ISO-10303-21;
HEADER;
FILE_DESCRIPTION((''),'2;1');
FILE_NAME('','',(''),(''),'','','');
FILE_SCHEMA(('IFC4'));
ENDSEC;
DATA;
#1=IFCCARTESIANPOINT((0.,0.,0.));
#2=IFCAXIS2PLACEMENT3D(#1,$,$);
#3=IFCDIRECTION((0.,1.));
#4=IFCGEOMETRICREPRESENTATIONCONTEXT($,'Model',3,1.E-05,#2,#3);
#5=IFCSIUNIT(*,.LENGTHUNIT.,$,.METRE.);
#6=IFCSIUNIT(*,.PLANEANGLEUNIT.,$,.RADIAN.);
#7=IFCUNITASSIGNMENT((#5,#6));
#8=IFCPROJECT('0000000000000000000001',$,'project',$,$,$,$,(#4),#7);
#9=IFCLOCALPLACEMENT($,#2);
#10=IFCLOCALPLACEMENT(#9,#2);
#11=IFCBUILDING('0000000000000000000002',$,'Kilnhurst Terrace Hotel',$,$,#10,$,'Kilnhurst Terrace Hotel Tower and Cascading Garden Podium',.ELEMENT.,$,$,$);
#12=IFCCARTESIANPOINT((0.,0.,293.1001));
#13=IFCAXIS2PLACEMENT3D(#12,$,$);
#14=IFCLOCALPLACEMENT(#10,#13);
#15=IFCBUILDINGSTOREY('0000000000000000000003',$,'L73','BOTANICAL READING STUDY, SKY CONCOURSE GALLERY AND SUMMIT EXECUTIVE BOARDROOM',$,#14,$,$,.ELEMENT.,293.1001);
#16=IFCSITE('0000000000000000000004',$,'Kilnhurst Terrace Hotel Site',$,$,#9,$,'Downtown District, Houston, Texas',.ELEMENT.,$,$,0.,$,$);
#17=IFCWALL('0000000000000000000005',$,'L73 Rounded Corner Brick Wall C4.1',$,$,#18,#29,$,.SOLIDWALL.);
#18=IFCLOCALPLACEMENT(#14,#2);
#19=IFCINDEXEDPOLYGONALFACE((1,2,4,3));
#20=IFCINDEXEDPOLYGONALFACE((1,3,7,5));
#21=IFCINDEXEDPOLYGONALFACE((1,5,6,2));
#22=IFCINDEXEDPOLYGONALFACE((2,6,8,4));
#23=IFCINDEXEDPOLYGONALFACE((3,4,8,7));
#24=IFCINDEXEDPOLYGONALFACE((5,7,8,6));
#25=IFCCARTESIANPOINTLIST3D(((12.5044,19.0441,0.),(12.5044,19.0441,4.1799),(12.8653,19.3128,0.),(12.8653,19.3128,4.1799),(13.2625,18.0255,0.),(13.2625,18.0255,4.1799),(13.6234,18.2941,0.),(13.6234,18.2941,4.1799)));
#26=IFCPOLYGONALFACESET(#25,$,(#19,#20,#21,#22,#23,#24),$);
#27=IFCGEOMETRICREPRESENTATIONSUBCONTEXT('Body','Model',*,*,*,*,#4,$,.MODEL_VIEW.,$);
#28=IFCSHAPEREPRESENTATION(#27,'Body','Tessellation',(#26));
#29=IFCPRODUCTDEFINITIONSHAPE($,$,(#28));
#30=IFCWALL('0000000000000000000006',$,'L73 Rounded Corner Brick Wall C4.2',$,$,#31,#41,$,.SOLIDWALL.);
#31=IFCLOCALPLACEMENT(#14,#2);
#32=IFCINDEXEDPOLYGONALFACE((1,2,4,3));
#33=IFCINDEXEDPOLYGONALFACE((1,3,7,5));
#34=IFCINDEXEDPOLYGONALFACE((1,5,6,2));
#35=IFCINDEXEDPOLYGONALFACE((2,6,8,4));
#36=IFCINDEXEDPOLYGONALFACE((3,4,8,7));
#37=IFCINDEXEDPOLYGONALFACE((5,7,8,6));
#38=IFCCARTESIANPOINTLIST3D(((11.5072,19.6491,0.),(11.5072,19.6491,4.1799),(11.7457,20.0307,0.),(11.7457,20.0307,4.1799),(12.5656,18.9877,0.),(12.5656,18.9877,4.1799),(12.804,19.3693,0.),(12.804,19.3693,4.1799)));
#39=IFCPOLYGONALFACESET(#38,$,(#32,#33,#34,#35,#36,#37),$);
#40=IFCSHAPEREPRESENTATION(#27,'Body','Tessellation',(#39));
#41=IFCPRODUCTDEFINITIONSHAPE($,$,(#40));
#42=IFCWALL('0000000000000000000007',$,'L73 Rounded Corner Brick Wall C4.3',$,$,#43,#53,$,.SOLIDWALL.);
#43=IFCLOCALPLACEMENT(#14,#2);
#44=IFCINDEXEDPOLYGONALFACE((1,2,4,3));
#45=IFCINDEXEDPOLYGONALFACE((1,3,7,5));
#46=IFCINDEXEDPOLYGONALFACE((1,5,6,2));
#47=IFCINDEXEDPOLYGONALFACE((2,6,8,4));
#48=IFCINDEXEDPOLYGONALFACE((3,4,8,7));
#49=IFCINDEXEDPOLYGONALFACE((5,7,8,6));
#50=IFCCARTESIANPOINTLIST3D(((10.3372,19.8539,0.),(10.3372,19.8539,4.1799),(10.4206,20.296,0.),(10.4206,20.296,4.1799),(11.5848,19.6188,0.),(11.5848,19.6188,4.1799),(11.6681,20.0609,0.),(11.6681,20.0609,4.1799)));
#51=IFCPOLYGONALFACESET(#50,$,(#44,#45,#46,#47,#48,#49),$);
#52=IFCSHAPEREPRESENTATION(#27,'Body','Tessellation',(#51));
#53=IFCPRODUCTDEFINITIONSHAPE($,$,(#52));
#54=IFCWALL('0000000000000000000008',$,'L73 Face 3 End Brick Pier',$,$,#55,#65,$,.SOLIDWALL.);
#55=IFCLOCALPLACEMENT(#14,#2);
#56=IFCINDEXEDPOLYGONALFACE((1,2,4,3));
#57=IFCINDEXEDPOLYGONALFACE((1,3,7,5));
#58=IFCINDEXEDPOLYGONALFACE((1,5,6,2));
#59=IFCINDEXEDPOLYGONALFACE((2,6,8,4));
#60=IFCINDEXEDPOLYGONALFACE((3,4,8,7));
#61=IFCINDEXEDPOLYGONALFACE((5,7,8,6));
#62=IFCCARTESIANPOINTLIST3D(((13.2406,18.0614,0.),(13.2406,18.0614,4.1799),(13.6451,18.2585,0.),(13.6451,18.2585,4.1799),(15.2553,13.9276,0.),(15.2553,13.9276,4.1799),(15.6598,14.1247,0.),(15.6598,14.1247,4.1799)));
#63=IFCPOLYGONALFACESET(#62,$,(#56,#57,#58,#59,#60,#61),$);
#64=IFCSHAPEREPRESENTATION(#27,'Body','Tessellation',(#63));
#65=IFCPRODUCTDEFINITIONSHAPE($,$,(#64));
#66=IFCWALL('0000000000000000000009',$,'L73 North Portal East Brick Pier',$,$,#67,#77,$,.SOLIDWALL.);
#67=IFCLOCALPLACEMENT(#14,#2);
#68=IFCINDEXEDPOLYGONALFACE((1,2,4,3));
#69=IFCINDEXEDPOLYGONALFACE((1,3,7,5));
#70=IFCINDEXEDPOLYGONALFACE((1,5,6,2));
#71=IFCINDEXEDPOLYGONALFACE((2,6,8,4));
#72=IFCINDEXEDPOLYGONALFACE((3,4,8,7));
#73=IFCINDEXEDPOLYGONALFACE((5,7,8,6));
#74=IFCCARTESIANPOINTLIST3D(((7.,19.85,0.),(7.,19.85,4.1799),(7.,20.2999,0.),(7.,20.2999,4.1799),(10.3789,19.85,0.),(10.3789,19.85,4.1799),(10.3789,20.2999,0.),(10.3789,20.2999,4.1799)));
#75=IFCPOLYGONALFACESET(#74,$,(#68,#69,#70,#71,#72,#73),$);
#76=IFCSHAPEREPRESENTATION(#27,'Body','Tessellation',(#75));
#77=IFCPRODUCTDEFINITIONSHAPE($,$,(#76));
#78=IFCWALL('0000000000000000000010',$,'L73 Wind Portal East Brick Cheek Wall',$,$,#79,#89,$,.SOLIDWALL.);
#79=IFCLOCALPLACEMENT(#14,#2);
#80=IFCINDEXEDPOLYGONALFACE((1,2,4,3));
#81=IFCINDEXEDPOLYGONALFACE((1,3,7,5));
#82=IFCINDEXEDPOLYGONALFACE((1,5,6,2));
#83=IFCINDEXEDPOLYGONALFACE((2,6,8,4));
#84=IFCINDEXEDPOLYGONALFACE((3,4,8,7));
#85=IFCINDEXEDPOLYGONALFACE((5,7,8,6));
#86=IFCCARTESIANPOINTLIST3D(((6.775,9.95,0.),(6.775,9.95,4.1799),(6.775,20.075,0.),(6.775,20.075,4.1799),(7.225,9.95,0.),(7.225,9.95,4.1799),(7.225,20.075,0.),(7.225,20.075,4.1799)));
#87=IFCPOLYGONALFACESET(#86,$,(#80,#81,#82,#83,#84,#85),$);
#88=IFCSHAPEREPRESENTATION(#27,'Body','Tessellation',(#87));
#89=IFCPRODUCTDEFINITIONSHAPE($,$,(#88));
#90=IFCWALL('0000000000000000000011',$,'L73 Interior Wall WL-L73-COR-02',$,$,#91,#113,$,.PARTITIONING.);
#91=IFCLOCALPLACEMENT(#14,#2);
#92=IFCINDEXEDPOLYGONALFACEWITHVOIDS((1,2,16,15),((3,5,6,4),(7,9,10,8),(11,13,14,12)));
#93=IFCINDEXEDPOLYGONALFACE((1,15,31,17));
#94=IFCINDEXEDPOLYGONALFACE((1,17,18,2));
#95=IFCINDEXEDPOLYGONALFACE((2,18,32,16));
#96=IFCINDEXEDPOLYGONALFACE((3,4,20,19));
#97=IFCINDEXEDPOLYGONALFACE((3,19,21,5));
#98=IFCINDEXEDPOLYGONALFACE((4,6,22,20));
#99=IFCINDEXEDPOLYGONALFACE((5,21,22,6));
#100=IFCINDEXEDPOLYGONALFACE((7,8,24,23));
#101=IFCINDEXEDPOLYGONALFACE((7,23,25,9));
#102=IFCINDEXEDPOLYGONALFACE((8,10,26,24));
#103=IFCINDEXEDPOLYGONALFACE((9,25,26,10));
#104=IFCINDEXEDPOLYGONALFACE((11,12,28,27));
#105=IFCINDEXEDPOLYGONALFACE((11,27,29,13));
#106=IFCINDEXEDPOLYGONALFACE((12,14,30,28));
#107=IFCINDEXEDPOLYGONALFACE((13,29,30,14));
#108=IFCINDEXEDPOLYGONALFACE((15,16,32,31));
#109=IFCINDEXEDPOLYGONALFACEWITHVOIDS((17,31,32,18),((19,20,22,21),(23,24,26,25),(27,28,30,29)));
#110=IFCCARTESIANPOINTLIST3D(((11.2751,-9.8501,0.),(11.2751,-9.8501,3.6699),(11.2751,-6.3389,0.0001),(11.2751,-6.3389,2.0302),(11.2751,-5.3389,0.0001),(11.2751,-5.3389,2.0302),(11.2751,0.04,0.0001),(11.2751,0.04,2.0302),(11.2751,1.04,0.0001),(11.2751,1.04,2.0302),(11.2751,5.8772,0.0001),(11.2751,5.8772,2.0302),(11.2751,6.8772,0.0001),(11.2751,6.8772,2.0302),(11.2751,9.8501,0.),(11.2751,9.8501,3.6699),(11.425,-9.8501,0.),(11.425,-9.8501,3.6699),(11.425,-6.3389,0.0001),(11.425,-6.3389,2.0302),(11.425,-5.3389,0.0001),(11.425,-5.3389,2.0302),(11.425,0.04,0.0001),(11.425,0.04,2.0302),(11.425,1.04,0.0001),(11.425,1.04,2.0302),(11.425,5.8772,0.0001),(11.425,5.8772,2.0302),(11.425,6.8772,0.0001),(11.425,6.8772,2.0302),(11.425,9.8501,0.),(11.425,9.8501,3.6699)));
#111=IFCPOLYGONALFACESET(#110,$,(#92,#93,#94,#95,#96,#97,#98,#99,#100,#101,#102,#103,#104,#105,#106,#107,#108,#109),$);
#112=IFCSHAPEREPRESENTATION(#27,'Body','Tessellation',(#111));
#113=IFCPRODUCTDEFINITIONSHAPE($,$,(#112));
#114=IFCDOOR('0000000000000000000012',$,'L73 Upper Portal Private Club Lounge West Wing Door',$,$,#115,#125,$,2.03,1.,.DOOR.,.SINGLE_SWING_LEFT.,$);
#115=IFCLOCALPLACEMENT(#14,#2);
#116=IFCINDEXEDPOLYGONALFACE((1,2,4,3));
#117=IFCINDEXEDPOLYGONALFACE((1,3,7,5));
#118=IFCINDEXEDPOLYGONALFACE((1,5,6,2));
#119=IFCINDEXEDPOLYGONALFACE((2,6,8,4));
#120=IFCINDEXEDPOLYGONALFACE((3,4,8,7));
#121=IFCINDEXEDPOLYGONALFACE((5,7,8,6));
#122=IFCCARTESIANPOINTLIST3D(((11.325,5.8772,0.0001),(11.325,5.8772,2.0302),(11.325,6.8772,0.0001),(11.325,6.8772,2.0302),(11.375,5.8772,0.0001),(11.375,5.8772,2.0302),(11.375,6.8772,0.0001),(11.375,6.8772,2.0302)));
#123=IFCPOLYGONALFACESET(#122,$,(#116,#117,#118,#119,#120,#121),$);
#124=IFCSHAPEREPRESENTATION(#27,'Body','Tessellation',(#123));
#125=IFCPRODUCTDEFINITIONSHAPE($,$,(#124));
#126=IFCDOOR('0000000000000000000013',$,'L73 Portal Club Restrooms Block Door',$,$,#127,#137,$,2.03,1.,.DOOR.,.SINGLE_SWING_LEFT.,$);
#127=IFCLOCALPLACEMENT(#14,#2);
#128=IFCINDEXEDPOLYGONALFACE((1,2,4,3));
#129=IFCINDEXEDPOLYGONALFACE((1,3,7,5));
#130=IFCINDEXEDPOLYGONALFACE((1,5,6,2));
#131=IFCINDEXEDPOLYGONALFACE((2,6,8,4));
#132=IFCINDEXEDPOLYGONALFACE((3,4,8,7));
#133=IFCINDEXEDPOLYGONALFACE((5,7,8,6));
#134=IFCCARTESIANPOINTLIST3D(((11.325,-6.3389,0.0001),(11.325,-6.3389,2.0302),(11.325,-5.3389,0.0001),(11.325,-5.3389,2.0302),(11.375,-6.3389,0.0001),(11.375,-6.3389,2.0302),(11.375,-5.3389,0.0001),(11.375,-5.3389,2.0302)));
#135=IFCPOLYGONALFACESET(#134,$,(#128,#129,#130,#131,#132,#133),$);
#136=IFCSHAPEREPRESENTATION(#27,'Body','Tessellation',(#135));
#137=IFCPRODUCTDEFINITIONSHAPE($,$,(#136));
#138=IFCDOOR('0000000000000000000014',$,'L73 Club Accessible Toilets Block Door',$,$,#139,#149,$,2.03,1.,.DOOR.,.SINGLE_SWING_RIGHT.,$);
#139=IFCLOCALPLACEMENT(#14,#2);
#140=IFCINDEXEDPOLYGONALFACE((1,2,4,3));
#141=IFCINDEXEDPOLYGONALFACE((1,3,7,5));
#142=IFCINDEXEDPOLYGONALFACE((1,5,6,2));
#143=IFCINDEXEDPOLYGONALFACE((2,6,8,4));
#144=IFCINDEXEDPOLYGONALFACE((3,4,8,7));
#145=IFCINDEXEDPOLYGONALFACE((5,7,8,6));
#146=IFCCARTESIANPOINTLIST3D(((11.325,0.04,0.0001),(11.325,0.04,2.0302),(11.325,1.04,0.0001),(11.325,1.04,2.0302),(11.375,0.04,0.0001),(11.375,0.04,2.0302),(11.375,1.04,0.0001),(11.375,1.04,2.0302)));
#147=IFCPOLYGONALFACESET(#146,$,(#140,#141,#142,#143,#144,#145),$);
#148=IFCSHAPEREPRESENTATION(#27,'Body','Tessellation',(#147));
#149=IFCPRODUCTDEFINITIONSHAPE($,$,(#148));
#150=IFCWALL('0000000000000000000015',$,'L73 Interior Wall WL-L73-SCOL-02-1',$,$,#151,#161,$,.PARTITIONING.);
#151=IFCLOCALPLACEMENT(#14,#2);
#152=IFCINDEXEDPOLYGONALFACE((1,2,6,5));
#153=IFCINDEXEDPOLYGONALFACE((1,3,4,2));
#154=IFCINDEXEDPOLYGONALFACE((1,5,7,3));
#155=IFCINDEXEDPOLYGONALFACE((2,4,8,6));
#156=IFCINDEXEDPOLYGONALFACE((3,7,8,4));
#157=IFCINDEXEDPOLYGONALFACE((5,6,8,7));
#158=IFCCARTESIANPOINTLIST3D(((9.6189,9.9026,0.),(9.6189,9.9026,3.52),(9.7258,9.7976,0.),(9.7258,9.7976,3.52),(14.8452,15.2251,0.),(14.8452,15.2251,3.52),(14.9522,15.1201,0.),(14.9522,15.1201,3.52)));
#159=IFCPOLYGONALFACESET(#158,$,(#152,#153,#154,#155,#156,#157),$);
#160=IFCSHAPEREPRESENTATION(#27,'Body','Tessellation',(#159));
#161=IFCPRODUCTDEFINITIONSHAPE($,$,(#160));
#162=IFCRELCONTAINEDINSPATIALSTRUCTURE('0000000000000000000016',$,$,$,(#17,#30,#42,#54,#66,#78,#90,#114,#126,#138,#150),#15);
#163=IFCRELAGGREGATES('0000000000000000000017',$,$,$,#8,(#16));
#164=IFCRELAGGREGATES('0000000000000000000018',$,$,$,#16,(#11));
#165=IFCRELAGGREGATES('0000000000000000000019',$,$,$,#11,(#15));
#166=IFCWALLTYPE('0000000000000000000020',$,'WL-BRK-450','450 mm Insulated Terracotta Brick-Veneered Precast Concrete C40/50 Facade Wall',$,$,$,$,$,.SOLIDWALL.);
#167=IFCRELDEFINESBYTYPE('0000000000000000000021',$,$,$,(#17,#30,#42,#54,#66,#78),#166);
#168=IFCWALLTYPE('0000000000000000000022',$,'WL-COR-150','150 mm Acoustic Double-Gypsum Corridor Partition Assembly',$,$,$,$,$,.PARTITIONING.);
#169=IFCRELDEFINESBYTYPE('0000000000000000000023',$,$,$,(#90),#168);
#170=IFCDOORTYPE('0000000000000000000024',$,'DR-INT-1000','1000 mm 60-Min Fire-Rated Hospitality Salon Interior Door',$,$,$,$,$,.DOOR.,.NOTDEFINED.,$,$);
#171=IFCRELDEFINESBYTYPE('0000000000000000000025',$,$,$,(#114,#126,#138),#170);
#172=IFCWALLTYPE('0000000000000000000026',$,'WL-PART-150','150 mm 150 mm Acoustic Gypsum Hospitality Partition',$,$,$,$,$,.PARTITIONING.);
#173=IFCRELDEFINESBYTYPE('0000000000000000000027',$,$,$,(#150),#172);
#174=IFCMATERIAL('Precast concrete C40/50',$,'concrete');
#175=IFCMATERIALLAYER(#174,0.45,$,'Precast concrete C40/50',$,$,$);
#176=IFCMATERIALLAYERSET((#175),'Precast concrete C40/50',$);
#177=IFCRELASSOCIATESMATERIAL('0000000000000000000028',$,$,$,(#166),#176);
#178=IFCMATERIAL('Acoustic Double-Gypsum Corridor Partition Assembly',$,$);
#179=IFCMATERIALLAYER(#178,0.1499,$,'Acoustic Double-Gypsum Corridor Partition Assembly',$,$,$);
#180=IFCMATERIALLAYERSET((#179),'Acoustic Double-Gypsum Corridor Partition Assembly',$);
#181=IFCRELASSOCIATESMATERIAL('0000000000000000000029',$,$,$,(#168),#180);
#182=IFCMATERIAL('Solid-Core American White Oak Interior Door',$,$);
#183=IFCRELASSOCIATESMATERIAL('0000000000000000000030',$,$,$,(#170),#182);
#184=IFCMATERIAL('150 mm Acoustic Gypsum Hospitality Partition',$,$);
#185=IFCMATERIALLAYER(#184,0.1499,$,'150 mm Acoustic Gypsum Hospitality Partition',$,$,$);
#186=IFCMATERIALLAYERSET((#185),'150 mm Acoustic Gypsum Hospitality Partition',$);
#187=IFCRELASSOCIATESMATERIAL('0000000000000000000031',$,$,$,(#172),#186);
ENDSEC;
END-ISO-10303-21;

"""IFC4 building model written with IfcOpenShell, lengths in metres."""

from ifc_helpers import new_model, si_unit, direction, frame, frame_2d, origin, place, context, subcontext, project, spatial, rectangle, extrude, material, layer, layer_set, type_object, element, fill, save


model = new_model("IFC4")

# Units and contexts
model_context = context("Model", 3, precision=1e-05, world=origin(), true_north=direction((0.0, 1.0)))
body_context = subcontext(model_context, "Body", "Model", "MODEL_VIEW")
ifc_project = project(units=[si_unit("LENGTHUNIT", "METRE"), si_unit("PLANEANGLEUNIT", "RADIAN")], contexts=[model_context])

# Site, building, storey
site_placement = place(None, origin())
site = spatial("IfcSite", under=ifc_project, at=site_placement, Name="Kilnhurst Terrace Hotel Site", LongName="Downtown District, Houston, Texas", CompositionType="ELEMENT", RefElevation=0.0)
building_placement = place(site_placement, origin())
building = spatial("IfcBuilding", under=site, at=building_placement, Name="Kilnhurst Terrace Hotel", LongName="Kilnhurst Terrace Hotel Tower and Cascading Garden Podium", CompositionType="ELEMENT")
storey_placement = place(building_placement, frame((0.0, 0.0, 293.1001)))
storey = spatial("IfcBuildingStorey", under=building, at=storey_placement, Name="L73", Description="BOTANICAL READING STUDY, SKY CONCOURSE GALLERY AND SUMMIT EXECUTIVE BOARDROOM", CompositionType="ELEMENT", Elevation=293.1001)

# Walls
ifc_material_1 = material(Name="Precast concrete C40/50", Category="concrete")
ifc_layer_1 = layer(ifc_material_1, 0.45, Name="Precast concrete C40/50")
ifc_layer_set_1 = layer_set([ifc_layer_1], Name="Precast concrete C40/50")
wall_type_1 = type_object("IfcWallType", Name="WL-BRK-450", Description="450 mm Insulated Terracotta Brick-Veneered Precast Concrete C40/50 Facade Wall", PredefinedType="SOLIDWALL", material=ifc_layer_set_1)
wall_1_placement = place(storey_placement, frame((13.4429, 18.1599, 0.0), z_axis=(0.0, 0.0, 1.0), x_axis=(-0.597042, 0.80221, 0.0)))
element("IfcWall", 1, at=wall_1_placement, inside=storey, type_object=wall_type_1, Name="L73 Rounded Corner Brick Wall C4.1", PredefinedType="SOLIDWALL", context=body_context, shape_type="SweptSolid", body=[
    extrude(rectangle(XDim=1.2698, YDim=0.45, at=frame_2d((0.6348, 0.0))), origin(), (0.0, 0.0, 1.0), 4.1799),
])
wall_2_placement = place(storey_placement, frame((12.6848, 19.1785, 0.0), z_axis=(0.0, 0.0, 1.0), x_axis=(-0.848031, 0.529946, 0.0)))
element("IfcWall", 2, at=wall_2_placement, inside=storey, type_object=wall_type_1, Name="L73 Rounded Corner Brick Wall C4.2", PredefinedType="SOLIDWALL", context=body_context, shape_type="SweptSolid", body=[
    extrude(rectangle(XDim=1.248, YDim=0.45, at=frame_2d((0.624, 0.0))), origin(), (0.0, 0.0, 1.0), 4.1799),
])
wall_3_placement = place(storey_placement, frame((11.6265, 19.8398, 0.0), z_axis=(0.0, 0.0, 1.0), x_axis=(-0.982702, 0.185194, 0.0)))
element("IfcWall", 3, at=wall_3_placement, inside=storey, type_object=wall_type_1, Name="L73 Rounded Corner Brick Wall C4.3", PredefinedType="SOLIDWALL", context=body_context, shape_type="SweptSolid", body=[
    extrude(rectangle(XDim=1.2695, YDim=0.45, at=frame_2d((0.6348, 0.0))), origin(), (0.0, 0.0, 1.0), 4.1799),
])
wall_4_placement = place(storey_placement, frame((15.4575, 14.0261, 0.0), z_axis=(0.0, 0.0, 1.0), x_axis=(-0.438101, 0.898926, 0.0)))
element("IfcWall", 4, at=wall_4_placement, inside=storey, type_object=wall_type_1, Name="L73 Face 3 End Brick Pier", PredefinedType="SOLIDWALL", context=body_context, shape_type="SweptSolid", body=[
    extrude(rectangle(XDim=4.5986, YDim=0.45, at=frame_2d((2.2993, 0.0))), origin(), (0.0, 0.0, 1.0), 4.1799),
])
wall_5_placement = place(storey_placement, frame((10.3789, 20.075, 0.0), z_axis=(0.0, 0.0, 1.0), x_axis=(-1.0, 0.0, 0.0)))
element("IfcWall", 5, at=wall_5_placement, inside=storey, type_object=wall_type_1, Name="L73 North Portal East Brick Pier", PredefinedType="SOLIDWALL", context=body_context, shape_type="SweptSolid", body=[
    extrude(rectangle(XDim=3.3789, YDim=0.45, at=frame_2d((1.6895, 0.0))), origin(), (0.0, 0.0, 1.0), 4.1799),
])
wall_6_placement = place(storey_placement, frame((7.0, 9.95, 0.0), z_axis=(0.0, 0.0, 1.0), x_axis=(0.0, 1.0, 0.0)))
element("IfcWall", 6, at=wall_6_placement, inside=storey, type_object=wall_type_1, Name="L73 Wind Portal East Brick Cheek Wall", PredefinedType="SOLIDWALL", context=body_context, shape_type="SweptSolid", body=[
    extrude(rectangle(XDim=10.125, YDim=0.45, at=frame_2d((5.0625, 0.0))), origin(), (0.0, 0.0, 1.0), 4.1799),
])

# Wall, openings, doors
ifc_material_2 = material(Name="Acoustic Double-Gypsum Corridor Partition Assembly")
ifc_layer_2 = layer(ifc_material_2, 0.1499, Name="Acoustic Double-Gypsum Corridor Partition Assembly")
ifc_layer_set_2 = layer_set([ifc_layer_2], Name="Acoustic Double-Gypsum Corridor Partition Assembly")
wall_type_2 = type_object("IfcWallType", Name="WL-COR-150", Description="150 mm Acoustic Double-Gypsum Corridor Partition Assembly", PredefinedType="PARTITIONING", material=ifc_layer_set_2)
wall_7_placement = place(storey_placement, frame((11.3501, 9.8501, 0.0), z_axis=(0.0, 0.0, 1.0), x_axis=(0.0, -1.0, 0.0)))
wall_7 = element("IfcWall", 7, at=wall_7_placement, inside=storey, type_object=wall_type_2, Name="L73 Interior Wall WL-L73-COR-02", PredefinedType="PARTITIONING", context=body_context, shape_type="SweptSolid", body=[
    extrude(rectangle(XDim=19.7002, YDim=0.1499, at=frame_2d((9.8501, 0.0))), origin(), (0.0, 0.0, 1.0), 3.6699),
])
opening_1_placement = place(wall_7_placement, frame((2.9729, 0.0, 0.0)))
opening_1 = element("IfcOpeningElement", 8, at=opening_1_placement, cuts=wall_7, PredefinedType="OPENING", context=body_context, shape_type="SweptSolid", body=[
    extrude(rectangle(XDim=1.0, YDim=2.03, at=frame_2d((0.5, 1.0151))), frame((0.0, 0.085, 0.0), z_axis=(0.0, -1.0, 0.0), x_axis=(1.0, 0.0, 0.0)), (0.0, 0.0, 1.0), 0.1699),
])
opening_2_placement = place(wall_7_placement, frame((15.189, 0.0, 0.0)))
opening_2 = element("IfcOpeningElement", 9, at=opening_2_placement, cuts=wall_7, PredefinedType="OPENING", context=body_context, shape_type="SweptSolid", body=[
    extrude(rectangle(XDim=1.0, YDim=2.03, at=frame_2d((0.5, 1.0151))), frame((0.0, 0.085, 0.0), z_axis=(0.0, -1.0, 0.0), x_axis=(1.0, 0.0, 0.0)), (0.0, 0.0, 1.0), 0.1699),
])
opening_3_placement = place(wall_7_placement, frame((8.8101, 0.0, 0.0)))
opening_3 = element("IfcOpeningElement", 10, at=opening_3_placement, cuts=wall_7, PredefinedType="OPENING", context=body_context, shape_type="SweptSolid", body=[
    extrude(rectangle(XDim=1.0, YDim=2.03, at=frame_2d((0.5, 1.0151))), frame((0.0, 0.085, 0.0), z_axis=(0.0, -1.0, 0.0), x_axis=(1.0, 0.0, 0.0)), (0.0, 0.0, 1.0), 0.1699),
])
ifc_material_3 = material(Name="Solid-Core American White Oak Interior Door")
door_type = type_object("IfcDoorType", Name="DR-INT-1000", Description="1000 mm 60-Min Fire-Rated Hospitality Salon Interior Door", OperationType="NOTDEFINED", PredefinedType="DOOR", material=ifc_material_3)
door_1_placement = place(opening_1_placement, origin())
door_1 = element("IfcDoor", 11, at=door_1_placement, inside=storey, type_object=door_type, Name="L73 Upper Portal Private Club Lounge West Wing Door", OperationType="SINGLE_SWING_LEFT", OverallHeight=2.03, OverallWidth=1.0, PredefinedType="DOOR", context=body_context, shape_type="SweptSolid", body=[
    extrude(rectangle(XDim=1.0, YDim=2.03, at=frame_2d((0.5, 1.0151))), frame((0.0, 0.0249, 0.0), z_axis=(0.0, -1.0, 0.0), x_axis=(1.0, 0.0, 0.0)), (0.0, 0.0, 1.0), 0.05),
])
fill(opening_1, door_1)
door_2_placement = place(opening_2_placement, origin())
door_2 = element("IfcDoor", 12, at=door_2_placement, inside=storey, type_object=door_type, Name="L73 Portal Club Restrooms Block Door", OperationType="SINGLE_SWING_LEFT", OverallHeight=2.03, OverallWidth=1.0, PredefinedType="DOOR", context=body_context, shape_type="SweptSolid", body=[
    extrude(rectangle(XDim=1.0, YDim=2.03, at=frame_2d((0.5, 1.0151))), frame((0.0, 0.0249, 0.0), z_axis=(0.0, -1.0, 0.0), x_axis=(1.0, 0.0, 0.0)), (0.0, 0.0, 1.0), 0.05),
])
fill(opening_2, door_2)
door_3_placement = place(opening_3_placement, origin())
door_3 = element("IfcDoor", 13, at=door_3_placement, inside=storey, type_object=door_type, Name="L73 Club Accessible Toilets Block Door", OperationType="SINGLE_SWING_RIGHT", OverallHeight=2.03, OverallWidth=1.0, PredefinedType="DOOR", context=body_context, shape_type="SweptSolid", body=[
    extrude(rectangle(XDim=1.0, YDim=2.03, at=frame_2d((0.5, 1.0151))), frame((0.0, 0.0249, 0.0), z_axis=(0.0, -1.0, 0.0), x_axis=(1.0, 0.0, 0.0)), (0.0, 0.0, 1.0), 0.05),
])
fill(opening_3, door_3)

# Wall
ifc_material_4 = material(Name="150 mm Acoustic Gypsum Hospitality Partition")
ifc_layer_3 = layer(ifc_material_4, 0.1499, Name="150 mm Acoustic Gypsum Hospitality Partition")
ifc_layer_set_3 = layer_set([ifc_layer_3], Name="150 mm Acoustic Gypsum Hospitality Partition")
wall_type_3 = type_object("IfcWallType", Name="WL-PART-150", Description="150 mm 150 mm Acoustic Gypsum Hospitality Partition", PredefinedType="PARTITIONING", material=ifc_layer_set_3)
wall_8_placement = place(storey_placement, frame((9.6724, 9.8501, 0.0), z_axis=(0.0, 0.0, 1.0), x_axis=(0.70063, 0.713525, 0.0)))
element("IfcWall", 14, at=wall_8_placement, inside=storey, type_object=wall_type_3, Name="L73 Interior Wall WL-L73-SCOL-02-1", PredefinedType="PARTITIONING", context=body_context, shape_type="SweptSolid", body=[
    extrude(rectangle(XDim=7.4595, YDim=0.1499, at=frame_2d((3.7297, 0.0))), origin(), (0.0, 0.0, 1.0), 3.52),
])

save(model, "model.ifc")
